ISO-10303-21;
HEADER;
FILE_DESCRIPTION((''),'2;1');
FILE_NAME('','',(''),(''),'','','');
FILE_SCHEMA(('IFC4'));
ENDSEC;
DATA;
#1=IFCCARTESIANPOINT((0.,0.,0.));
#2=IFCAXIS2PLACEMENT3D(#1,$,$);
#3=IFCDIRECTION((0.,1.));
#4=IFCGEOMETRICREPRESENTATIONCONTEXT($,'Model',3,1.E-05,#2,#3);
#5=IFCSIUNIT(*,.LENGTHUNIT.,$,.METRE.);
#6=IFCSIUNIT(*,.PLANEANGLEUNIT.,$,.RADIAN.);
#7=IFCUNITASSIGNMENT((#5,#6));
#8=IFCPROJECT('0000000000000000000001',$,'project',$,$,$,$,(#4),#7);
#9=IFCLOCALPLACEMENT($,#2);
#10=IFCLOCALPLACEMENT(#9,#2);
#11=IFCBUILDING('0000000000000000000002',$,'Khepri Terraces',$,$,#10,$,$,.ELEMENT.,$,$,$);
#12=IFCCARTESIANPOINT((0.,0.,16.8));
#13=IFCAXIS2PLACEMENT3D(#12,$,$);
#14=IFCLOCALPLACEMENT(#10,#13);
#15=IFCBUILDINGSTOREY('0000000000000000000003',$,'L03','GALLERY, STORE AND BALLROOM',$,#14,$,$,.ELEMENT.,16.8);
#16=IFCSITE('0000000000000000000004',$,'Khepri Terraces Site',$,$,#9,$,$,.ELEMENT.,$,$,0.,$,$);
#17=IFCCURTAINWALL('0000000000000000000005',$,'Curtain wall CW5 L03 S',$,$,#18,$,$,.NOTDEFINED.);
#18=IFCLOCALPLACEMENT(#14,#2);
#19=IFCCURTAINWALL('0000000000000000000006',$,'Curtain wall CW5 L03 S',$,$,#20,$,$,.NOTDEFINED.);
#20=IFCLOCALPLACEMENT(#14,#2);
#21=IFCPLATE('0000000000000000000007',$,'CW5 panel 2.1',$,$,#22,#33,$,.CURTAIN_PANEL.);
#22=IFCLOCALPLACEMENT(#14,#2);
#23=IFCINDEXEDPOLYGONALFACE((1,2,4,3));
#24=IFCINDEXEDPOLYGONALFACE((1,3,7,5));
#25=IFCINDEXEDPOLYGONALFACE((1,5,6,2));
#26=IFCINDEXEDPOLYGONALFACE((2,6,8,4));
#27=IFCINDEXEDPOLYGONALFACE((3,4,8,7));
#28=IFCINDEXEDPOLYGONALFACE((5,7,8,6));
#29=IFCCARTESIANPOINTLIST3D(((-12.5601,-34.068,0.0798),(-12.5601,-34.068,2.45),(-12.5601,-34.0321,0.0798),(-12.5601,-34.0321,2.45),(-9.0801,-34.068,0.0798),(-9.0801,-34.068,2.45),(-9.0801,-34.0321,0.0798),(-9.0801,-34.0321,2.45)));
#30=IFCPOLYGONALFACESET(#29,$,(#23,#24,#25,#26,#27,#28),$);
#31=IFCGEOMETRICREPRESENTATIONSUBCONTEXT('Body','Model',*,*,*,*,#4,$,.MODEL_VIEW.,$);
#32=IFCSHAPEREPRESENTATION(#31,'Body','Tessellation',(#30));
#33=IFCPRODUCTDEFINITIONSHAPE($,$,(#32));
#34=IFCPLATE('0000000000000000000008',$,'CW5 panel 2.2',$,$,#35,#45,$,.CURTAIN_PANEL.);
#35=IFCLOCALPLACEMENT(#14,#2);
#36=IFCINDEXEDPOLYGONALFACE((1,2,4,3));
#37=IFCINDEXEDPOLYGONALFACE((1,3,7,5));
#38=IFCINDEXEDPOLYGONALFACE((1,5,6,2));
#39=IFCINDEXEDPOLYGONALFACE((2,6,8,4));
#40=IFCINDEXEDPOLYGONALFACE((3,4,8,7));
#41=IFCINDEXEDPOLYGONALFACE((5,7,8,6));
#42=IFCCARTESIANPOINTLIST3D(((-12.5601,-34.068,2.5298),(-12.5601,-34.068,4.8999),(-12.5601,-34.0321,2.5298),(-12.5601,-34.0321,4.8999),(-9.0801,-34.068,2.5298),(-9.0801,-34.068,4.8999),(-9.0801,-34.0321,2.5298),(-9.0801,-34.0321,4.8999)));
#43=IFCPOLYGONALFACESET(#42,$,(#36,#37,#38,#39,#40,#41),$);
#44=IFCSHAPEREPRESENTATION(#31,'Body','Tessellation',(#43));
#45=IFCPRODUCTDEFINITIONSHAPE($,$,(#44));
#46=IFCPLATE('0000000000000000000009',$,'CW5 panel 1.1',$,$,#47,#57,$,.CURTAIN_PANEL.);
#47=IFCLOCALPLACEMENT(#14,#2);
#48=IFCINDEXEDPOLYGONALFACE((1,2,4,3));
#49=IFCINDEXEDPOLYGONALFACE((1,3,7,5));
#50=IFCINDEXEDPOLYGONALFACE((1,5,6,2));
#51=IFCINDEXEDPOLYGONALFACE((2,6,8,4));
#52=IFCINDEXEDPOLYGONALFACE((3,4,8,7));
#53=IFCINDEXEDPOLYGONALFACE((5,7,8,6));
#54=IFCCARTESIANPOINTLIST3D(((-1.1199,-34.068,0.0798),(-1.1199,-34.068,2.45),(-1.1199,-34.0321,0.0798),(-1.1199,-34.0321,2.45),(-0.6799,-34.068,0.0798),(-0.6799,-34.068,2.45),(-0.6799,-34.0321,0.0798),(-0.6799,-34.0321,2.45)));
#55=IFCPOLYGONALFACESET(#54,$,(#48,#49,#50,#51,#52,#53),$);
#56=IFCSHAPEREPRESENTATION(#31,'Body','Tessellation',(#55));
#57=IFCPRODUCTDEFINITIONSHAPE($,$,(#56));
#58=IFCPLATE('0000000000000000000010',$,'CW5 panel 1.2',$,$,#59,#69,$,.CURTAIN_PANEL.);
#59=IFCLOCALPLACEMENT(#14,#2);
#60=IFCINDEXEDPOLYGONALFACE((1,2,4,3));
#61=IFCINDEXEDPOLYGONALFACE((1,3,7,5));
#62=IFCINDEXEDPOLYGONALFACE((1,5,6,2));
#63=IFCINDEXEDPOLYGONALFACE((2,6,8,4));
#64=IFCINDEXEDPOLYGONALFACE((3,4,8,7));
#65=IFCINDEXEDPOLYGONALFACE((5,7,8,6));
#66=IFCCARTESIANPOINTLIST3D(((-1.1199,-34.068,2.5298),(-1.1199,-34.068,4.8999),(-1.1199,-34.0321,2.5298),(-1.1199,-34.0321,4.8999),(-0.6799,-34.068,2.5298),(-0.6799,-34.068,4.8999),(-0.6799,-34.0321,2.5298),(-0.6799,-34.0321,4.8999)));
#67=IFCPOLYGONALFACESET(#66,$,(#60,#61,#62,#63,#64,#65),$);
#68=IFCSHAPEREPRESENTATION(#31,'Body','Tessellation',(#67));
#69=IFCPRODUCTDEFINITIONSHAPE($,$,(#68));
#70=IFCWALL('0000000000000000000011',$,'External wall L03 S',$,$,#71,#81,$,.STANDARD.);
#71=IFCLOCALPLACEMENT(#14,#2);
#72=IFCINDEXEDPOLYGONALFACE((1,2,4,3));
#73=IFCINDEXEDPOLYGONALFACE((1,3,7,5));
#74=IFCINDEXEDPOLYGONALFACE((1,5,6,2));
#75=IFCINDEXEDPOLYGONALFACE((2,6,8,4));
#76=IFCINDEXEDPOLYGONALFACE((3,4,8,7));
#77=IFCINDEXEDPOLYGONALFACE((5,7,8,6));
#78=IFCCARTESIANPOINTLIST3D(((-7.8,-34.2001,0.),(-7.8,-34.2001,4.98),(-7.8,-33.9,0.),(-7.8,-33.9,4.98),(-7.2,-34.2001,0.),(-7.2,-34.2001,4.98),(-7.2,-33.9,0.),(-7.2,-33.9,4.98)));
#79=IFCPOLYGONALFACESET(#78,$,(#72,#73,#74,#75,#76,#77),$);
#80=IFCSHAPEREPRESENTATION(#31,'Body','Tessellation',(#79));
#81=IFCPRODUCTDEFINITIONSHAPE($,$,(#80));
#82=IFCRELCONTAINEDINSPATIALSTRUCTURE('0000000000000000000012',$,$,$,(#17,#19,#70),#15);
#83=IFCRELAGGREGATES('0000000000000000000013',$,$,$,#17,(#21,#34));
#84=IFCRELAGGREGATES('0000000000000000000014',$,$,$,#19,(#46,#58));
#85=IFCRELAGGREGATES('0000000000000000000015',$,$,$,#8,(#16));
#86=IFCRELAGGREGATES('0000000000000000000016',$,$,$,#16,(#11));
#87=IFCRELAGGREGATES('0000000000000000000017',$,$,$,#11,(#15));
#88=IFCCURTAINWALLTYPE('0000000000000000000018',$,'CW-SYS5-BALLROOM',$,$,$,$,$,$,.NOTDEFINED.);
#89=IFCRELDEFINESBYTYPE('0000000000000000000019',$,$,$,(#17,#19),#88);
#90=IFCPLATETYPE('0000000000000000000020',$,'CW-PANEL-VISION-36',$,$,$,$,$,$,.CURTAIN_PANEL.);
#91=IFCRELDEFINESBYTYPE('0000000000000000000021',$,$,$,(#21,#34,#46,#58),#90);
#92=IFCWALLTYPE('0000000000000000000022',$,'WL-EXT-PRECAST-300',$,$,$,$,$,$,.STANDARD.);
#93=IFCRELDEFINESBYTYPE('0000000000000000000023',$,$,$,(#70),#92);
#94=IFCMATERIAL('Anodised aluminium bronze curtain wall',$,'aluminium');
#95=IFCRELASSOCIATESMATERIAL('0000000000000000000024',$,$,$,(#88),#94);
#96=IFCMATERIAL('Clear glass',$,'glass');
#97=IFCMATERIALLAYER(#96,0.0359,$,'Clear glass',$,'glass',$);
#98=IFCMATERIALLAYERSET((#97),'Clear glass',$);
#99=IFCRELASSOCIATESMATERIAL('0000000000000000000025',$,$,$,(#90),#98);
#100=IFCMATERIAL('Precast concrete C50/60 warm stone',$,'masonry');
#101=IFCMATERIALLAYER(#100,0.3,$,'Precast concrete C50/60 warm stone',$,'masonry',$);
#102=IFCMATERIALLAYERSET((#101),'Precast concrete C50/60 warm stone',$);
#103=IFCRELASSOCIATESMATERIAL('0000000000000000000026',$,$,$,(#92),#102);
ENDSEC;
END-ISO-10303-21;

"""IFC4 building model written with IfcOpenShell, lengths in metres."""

from ifc_helpers import new_model, si_unit, direction, frame, frame_2d, origin, origin_2d, place, context, subcontext, project, spatial, rectangle, extrude, material, layer, layer_set, type_object, element, aggregate, save


model = new_model("IFC4")

# Units and contexts
model_context = context("Model", 3, precision=1e-05, world=origin(), true_north=direction((0.0, 1.0)))
body_context = subcontext(model_context, "Body", "Model", "MODEL_VIEW")
ifc_project = project(units=[si_unit("LENGTHUNIT", "METRE"), si_unit("PLANEANGLEUNIT", "RADIAN")], contexts=[model_context])

# Site, building, storey
site_placement = place(None, origin())
site = spatial("IfcSite", under=ifc_project, at=site_placement, Name="Khepri Terraces Site", CompositionType="ELEMENT", RefElevation=0.0)
building_placement = place(site_placement, origin())
building = spatial("IfcBuilding", under=site, at=building_placement, Name="Khepri Terraces", CompositionType="ELEMENT")
storey_placement = place(building_placement, frame((0.0, 0.0, 16.8)))
storey = spatial("IfcBuildingStorey", under=building, at=storey_placement, Name="L03", Description="GALLERY, STORE AND BALLROOM", CompositionType="ELEMENT", Elevation=16.8)

# Curtain wall
ifc_material_1 = material(Name="Anodised aluminium bronze curtain wall", Category="aluminium")
curtain_wall_type = type_object("IfcCurtainWallType", Name="CW-SYS5-BALLROOM", PredefinedType="NOTDEFINED", material=ifc_material_1)
curtain_wall_1_placement = place(storey_placement, origin())
curtain_wall_1 = element("IfcCurtainWall", 1, at=curtain_wall_1_placement, inside=storey, type_object=curtain_wall_type, Name="Curtain wall CW5 L03 S", PredefinedType="NOTDEFINED")

# Curtain wall
curtain_wall_2_placement = place(storey_placement, origin())
curtain_wall_2 = element("IfcCurtainWall", 2, at=curtain_wall_2_placement, inside=storey, type_object=curtain_wall_type, Name="Curtain wall CW5 L03 S", PredefinedType="NOTDEFINED")

# Plates
ifc_material_2 = material(Name="Clear glass", Category="glass")
ifc_layer_1 = layer(ifc_material_2, 0.0359, Name="Clear glass", Category="glass")
ifc_layer_set_1 = layer_set([ifc_layer_1], Name="Clear glass")
plate_type = type_object("IfcPlateType", Name="CW-PANEL-VISION-36", PredefinedType="CURTAIN_PANEL", material=ifc_layer_set_1)
plate_1_placement = place(storey_placement, frame((-10.8201, -34.05, 0.0798), z_axis=(0.0, 0.0, 1.0), x_axis=(1.0, 0.0, 0.0)))
plate_1 = element("IfcPlate", 3, at=plate_1_placement, type_object=plate_type, Name="CW5 panel 2.1", PredefinedType="CURTAIN_PANEL", context=body_context, shape_type="SweptSolid", body=[
    extrude(rectangle(XDim=3.48, YDim=0.0359, at=origin_2d()), origin(), (0.0, 0.0, 1.0), 2.3701),
])
plate_2_placement = place(storey_placement, frame((-10.8201, -34.05, 2.5298), z_axis=(0.0, 0.0, 1.0), x_axis=(1.0, 0.0, 0.0)))
plate_2 = element("IfcPlate", 4, at=plate_2_placement, type_object=plate_type, Name="CW5 panel 2.2", PredefinedType="CURTAIN_PANEL", context=body_context, shape_type="SweptSolid", body=[
    extrude(rectangle(XDim=3.48, YDim=0.0359, at=origin_2d()), origin(), (0.0, 0.0, 1.0), 2.3701),
])
aggregate(curtain_wall_1, [plate_1, plate_2])
plate_3_placement = place(storey_placement, frame((-0.8999, -34.05, 0.0798), z_axis=(0.0, 0.0, 1.0), x_axis=(1.0, 0.0, 0.0)))
plate_3 = element("IfcPlate", 5, at=plate_3_placement, type_object=plate_type, Name="CW5 panel 1.1", PredefinedType="CURTAIN_PANEL", context=body_context, shape_type="SweptSolid", body=[
    extrude(rectangle(XDim=0.4399, YDim=0.0359, at=origin_2d()), origin(), (0.0, 0.0, 1.0), 2.3701),
])
plate_4_placement = place(storey_placement, frame((-0.8999, -34.05, 2.5298), z_axis=(0.0, 0.0, 1.0), x_axis=(1.0, 0.0, 0.0)))
plate_4 = element("IfcPlate", 6, at=plate_4_placement, type_object=plate_type, Name="CW5 panel 1.2", PredefinedType="CURTAIN_PANEL", context=body_context, shape_type="SweptSolid", body=[
    extrude(rectangle(XDim=0.4399, YDim=0.0359, at=origin_2d()), origin(), (0.0, 0.0, 1.0), 2.3701),
])
aggregate(curtain_wall_2, [plate_3, plate_4])

# Wall
ifc_material_3 = material(Name="Precast concrete C50/60 warm stone", Category="masonry")
ifc_layer_2 = layer(ifc_material_3, 0.3, Name="Precast concrete C50/60 warm stone", Category="masonry")
ifc_layer_set_2 = layer_set([ifc_layer_2], Name="Precast concrete C50/60 warm stone")
wall_type = type_object("IfcWallType", Name="WL-EXT-PRECAST-300", PredefinedType="STANDARD", material=ifc_layer_set_2)
wall_1_placement = place(storey_placement, frame((-7.8, -34.05, 0.0), z_axis=(0.0, 0.0, 1.0), x_axis=(1.0, 0.0, 0.0)))
element("IfcWall", 7, at=wall_1_placement, inside=storey, type_object=wall_type, Name="External wall L03 S", PredefinedType="STANDARD", context=body_context, shape_type="SweptSolid", body=[
    extrude(rectangle(XDim=0.6001, YDim=0.3, at=frame_2d((0.3, 0.0))), origin(), (0.0, 0.0, 1.0), 4.98),
])

save(model, "model.ifc")
